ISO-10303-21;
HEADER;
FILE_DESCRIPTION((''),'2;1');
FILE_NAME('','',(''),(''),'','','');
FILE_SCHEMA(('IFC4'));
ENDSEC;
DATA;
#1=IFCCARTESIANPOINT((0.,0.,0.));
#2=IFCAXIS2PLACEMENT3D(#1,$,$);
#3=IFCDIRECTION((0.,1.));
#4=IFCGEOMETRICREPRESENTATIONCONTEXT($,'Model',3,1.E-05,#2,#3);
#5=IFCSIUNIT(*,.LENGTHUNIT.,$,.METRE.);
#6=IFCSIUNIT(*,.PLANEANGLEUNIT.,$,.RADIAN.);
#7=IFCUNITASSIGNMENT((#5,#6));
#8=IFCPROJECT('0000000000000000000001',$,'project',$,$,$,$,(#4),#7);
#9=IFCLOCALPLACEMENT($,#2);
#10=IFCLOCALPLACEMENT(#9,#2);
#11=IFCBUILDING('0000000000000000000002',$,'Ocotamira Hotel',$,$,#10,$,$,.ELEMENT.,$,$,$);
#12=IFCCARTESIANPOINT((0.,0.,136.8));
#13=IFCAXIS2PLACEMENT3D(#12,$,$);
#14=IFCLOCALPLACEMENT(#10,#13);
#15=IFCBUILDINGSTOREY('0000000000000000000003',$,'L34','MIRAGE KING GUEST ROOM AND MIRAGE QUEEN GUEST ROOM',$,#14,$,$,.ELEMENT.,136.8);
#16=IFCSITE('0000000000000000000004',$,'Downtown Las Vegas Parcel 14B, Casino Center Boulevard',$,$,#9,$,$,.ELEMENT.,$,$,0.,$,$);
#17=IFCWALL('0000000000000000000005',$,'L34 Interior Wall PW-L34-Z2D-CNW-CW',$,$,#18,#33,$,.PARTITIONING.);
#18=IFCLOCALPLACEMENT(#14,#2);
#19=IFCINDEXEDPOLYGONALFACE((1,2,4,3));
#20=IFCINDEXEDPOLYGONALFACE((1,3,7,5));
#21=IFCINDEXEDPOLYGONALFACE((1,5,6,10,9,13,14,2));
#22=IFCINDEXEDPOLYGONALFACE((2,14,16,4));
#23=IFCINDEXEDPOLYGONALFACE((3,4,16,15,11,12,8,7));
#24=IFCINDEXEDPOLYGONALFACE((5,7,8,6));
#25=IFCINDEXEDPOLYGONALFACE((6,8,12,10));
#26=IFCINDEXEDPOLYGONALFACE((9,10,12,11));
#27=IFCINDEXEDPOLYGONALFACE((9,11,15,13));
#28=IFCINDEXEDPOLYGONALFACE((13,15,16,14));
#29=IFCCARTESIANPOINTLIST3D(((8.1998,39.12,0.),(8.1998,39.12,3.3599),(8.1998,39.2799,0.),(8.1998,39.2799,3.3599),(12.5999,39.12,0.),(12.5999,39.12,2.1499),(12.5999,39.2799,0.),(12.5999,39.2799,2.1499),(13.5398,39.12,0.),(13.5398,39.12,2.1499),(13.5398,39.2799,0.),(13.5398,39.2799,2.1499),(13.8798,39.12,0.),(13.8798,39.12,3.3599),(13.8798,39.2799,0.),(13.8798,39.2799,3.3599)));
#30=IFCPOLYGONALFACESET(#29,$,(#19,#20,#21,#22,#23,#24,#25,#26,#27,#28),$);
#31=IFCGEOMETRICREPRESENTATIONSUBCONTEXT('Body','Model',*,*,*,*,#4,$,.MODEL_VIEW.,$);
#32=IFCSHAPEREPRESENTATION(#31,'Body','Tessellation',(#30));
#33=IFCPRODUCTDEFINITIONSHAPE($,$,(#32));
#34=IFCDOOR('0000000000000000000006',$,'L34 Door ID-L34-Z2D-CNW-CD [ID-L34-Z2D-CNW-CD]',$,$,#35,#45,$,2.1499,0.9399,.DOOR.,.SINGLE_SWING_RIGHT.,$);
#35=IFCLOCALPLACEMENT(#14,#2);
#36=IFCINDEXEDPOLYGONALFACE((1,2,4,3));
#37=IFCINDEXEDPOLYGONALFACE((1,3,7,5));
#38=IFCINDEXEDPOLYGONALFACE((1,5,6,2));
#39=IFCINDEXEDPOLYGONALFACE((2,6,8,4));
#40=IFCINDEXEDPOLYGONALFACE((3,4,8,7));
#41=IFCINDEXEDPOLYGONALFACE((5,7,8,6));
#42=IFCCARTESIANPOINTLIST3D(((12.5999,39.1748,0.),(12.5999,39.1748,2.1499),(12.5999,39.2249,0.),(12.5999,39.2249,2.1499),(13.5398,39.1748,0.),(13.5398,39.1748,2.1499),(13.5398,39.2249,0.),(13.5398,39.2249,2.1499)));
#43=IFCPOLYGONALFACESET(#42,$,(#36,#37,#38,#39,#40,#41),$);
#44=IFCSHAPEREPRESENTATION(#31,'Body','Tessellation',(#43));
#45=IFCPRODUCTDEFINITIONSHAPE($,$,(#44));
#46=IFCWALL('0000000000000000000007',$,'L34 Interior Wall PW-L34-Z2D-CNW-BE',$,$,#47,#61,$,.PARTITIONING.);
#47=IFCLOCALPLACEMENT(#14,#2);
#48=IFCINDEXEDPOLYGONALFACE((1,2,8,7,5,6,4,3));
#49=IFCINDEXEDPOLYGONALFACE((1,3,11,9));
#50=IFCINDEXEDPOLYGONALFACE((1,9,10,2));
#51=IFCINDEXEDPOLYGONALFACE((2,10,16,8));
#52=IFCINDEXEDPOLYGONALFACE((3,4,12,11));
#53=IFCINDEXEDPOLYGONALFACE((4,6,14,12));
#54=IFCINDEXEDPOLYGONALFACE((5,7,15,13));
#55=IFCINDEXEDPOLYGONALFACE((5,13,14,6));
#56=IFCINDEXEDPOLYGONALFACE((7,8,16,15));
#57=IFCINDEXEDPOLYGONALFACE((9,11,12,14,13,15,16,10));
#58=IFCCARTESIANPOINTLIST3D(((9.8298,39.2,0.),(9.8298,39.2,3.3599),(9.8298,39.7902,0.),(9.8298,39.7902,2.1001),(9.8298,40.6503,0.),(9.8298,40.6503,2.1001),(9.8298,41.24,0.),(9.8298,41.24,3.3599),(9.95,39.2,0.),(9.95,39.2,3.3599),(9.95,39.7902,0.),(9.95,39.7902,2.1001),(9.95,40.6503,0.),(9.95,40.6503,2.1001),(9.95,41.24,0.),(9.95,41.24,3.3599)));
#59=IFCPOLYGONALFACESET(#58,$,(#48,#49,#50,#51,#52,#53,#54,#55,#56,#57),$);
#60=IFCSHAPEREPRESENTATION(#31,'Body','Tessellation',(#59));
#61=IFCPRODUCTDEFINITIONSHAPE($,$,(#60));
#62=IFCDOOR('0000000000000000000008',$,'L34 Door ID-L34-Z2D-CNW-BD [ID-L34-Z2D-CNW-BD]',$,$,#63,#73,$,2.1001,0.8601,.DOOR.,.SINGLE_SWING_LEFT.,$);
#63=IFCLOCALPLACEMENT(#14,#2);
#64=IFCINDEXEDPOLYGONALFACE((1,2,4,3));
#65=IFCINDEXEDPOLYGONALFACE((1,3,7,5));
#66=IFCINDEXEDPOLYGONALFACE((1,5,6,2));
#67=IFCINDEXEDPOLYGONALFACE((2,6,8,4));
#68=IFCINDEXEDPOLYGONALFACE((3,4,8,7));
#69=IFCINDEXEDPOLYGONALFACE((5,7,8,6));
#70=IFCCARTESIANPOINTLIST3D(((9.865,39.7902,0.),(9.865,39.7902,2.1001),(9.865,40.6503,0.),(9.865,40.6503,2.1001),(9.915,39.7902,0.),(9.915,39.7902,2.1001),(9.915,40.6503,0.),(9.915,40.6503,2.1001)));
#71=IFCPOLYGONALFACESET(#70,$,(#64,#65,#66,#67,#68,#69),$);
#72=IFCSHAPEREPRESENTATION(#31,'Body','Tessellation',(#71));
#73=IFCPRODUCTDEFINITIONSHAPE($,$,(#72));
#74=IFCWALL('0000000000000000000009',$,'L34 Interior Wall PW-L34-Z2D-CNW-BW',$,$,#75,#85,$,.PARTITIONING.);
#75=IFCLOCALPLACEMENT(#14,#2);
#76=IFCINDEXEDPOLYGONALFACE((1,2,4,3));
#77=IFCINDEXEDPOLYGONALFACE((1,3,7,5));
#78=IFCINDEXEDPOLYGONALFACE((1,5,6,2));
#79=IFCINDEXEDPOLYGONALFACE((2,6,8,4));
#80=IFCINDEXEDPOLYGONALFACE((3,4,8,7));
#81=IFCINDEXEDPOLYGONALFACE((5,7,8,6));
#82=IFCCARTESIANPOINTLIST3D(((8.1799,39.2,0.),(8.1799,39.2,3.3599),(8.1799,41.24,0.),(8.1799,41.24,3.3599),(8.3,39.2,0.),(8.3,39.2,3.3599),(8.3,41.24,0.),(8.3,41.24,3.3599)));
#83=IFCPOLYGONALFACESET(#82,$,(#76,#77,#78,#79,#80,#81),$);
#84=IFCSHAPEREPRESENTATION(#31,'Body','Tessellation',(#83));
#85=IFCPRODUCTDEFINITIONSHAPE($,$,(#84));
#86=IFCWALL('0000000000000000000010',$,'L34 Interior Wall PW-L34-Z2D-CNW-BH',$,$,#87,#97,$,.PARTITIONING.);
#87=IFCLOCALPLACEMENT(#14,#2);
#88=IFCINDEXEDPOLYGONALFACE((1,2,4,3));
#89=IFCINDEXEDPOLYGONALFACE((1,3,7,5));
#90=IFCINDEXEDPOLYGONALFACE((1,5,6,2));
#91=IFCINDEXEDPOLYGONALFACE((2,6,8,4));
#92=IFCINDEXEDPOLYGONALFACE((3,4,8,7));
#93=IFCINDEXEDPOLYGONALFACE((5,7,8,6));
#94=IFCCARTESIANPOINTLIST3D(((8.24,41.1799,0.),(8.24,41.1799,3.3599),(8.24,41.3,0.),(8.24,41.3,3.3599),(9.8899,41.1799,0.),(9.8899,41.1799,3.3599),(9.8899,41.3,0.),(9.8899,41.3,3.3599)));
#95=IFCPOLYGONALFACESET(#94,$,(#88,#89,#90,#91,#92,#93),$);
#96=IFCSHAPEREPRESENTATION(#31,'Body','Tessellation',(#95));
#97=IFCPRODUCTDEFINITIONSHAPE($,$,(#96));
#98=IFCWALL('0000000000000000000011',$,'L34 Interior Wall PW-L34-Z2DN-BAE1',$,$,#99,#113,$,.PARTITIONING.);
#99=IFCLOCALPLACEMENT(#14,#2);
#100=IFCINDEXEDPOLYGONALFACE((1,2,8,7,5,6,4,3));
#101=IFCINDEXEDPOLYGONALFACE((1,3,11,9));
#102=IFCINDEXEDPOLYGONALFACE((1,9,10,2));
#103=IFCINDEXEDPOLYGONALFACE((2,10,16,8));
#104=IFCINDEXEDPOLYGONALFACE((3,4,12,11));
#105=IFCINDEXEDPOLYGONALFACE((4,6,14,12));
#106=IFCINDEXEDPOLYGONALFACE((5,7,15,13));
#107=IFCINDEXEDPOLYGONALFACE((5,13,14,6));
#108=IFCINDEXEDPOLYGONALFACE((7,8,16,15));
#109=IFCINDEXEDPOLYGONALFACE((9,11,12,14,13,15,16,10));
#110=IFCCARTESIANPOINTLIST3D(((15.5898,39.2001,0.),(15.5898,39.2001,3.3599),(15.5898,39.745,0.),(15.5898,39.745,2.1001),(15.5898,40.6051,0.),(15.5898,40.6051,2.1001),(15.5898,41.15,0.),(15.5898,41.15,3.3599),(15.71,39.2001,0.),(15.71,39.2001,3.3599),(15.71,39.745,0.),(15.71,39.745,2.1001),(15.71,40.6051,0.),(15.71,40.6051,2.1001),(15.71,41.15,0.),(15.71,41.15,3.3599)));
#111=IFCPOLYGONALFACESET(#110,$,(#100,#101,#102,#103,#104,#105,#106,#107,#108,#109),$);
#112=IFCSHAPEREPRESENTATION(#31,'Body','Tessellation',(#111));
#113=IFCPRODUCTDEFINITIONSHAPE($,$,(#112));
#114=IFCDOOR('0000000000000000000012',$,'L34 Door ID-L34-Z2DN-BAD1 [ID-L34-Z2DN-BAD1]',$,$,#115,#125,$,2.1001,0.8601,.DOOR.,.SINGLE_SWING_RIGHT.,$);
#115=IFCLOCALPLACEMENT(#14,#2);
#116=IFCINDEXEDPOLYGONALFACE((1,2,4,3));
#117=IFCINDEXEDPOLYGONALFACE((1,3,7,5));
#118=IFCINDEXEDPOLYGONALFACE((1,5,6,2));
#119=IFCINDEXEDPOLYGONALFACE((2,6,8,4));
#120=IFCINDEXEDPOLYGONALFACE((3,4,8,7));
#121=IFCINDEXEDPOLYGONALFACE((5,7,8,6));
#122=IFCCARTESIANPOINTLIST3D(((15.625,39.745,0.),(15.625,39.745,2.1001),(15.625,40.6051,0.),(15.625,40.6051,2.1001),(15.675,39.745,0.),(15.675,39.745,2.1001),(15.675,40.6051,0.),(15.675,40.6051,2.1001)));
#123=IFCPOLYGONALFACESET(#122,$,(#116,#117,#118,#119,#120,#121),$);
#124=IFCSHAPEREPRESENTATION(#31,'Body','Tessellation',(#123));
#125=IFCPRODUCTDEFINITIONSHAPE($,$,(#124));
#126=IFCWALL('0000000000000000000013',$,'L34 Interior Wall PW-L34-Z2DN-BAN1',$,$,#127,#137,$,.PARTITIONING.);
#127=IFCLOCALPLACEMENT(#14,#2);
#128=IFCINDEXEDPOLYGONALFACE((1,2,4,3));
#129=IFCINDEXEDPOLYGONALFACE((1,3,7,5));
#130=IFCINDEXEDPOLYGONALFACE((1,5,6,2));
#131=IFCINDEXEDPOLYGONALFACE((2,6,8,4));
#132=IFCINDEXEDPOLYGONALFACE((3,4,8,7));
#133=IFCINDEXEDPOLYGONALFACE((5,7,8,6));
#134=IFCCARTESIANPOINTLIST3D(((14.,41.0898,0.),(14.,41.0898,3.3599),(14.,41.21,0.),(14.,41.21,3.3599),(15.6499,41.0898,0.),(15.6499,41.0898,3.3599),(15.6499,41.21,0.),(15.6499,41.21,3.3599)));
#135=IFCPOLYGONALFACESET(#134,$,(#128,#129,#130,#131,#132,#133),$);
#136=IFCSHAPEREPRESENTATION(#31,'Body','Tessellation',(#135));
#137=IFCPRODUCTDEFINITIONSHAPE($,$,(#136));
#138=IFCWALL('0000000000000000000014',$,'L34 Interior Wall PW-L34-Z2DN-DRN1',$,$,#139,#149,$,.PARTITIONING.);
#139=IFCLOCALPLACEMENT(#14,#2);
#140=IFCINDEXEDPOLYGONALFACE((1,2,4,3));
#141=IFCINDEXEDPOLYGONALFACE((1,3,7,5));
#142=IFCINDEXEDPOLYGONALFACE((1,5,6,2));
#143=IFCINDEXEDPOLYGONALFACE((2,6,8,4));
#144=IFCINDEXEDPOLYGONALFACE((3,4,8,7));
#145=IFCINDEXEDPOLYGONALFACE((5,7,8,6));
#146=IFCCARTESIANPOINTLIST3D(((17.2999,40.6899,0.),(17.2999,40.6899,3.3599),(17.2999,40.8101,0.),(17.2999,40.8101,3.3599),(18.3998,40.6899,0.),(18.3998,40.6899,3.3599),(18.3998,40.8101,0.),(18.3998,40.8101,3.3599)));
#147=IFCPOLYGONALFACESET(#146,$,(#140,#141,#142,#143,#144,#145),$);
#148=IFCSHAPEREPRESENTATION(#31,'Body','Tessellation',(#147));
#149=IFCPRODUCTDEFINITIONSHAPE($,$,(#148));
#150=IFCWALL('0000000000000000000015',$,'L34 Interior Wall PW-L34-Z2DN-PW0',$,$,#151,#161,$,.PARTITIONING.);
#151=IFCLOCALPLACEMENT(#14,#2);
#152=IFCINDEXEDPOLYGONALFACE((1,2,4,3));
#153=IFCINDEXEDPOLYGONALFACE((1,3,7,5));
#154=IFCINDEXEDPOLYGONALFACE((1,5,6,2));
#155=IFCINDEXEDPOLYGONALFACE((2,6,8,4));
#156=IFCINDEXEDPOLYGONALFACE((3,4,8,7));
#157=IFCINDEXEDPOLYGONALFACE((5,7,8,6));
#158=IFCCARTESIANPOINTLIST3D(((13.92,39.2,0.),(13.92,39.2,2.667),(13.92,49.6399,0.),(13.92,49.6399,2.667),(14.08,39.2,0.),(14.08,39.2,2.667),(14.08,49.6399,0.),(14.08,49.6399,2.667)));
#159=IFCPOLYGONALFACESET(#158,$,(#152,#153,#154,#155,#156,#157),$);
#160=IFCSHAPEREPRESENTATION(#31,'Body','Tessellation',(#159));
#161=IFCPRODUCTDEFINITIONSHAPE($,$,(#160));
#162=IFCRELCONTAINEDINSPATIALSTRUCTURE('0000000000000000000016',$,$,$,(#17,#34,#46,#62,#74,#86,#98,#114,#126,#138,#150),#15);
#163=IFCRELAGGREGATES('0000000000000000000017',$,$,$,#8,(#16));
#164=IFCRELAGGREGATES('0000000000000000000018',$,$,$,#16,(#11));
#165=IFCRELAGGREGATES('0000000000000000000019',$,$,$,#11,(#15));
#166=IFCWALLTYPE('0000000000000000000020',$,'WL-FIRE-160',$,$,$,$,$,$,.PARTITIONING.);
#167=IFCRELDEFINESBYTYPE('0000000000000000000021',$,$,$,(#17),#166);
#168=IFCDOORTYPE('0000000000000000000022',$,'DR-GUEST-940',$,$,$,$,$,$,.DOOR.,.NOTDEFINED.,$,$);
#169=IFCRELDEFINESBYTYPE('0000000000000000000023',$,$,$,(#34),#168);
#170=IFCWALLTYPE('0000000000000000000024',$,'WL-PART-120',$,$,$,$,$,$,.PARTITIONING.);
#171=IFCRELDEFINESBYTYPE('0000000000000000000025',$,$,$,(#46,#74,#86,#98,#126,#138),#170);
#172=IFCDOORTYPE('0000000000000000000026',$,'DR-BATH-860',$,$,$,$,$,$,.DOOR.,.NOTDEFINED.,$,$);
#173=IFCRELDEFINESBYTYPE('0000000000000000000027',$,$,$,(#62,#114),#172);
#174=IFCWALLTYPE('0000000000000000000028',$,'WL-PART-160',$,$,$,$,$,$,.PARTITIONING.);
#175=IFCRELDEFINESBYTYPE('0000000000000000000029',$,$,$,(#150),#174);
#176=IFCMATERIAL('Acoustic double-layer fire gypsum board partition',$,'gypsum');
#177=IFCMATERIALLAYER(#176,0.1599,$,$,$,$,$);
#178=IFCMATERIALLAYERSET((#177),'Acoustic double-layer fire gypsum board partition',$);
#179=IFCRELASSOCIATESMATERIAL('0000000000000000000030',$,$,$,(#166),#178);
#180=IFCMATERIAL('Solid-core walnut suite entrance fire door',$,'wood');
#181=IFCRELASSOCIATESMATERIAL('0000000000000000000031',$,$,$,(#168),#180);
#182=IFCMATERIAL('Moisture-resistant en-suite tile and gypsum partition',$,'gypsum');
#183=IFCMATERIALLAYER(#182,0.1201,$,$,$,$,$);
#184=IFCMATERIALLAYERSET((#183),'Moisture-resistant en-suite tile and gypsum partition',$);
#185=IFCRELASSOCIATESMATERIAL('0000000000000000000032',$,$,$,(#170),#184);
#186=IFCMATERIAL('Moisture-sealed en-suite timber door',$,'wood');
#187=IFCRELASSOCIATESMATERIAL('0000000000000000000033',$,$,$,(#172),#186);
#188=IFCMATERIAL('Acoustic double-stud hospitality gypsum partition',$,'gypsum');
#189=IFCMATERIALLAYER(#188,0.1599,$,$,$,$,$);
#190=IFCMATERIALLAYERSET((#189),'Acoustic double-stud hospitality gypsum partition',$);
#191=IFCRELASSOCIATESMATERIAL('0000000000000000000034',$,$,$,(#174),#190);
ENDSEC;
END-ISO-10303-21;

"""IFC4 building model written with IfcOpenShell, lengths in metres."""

from ifc_helpers import new_model, si_unit, direction, frame, frame_2d, origin, place, context, subcontext, project, spatial, rectangle, extrude, source, transform, mapped, material, layer, layer_set, type_object, element, fill, save


model = new_model("IFC4")

# Units and contexts
model_context = context("Model", 3, precision=1e-05, world=origin(), true_north=direction((0.0, 1.0)))
body_context = subcontext(model_context, "Body", "Model", "MODEL_VIEW")
ifc_project = project(units=[si_unit("LENGTHUNIT", "METRE"), si_unit("PLANEANGLEUNIT", "RADIAN")], contexts=[model_context])

# Site, building, storey
site_placement = place(None, origin())
site = spatial("IfcSite", under=ifc_project, at=site_placement, Name="Downtown Las Vegas Parcel 14B, Casino Center Boulevard", CompositionType="ELEMENT", RefElevation=0.0)
building_placement = place(site_placement, origin())
building = spatial("IfcBuilding", under=site, at=building_placement, Name="Ocotamira Hotel", CompositionType="ELEMENT")
storey_placement = place(building_placement, frame((0.0, 0.0, 136.8)))
storey = spatial("IfcBuildingStorey", under=building, at=storey_placement, Name="L34", Description="MIRAGE KING GUEST ROOM AND MIRAGE QUEEN GUEST ROOM", CompositionType="ELEMENT", Elevation=136.8)

# Wall, opening, door
ifc_material_1 = material(Name="Acoustic double-layer fire gypsum board partition", Category="gypsum")
ifc_layer_1 = layer(ifc_material_1, 0.1599)
ifc_layer_set_1 = layer_set([ifc_layer_1], Name="Acoustic double-layer fire gypsum board partition")
wall_type_1 = type_object("IfcWallType", Name="WL-FIRE-160", PredefinedType="PARTITIONING", material=ifc_layer_set_1)
wall_1_placement = place(storey_placement, frame((8.2, 39.2, 0.0), z_axis=(0.0, 0.0, 1.0), x_axis=(1.0, 0.0, 0.0)))
wall_1 = element("IfcWall", 1, at=wall_1_placement, inside=storey, type_object=wall_type_1, Name="L34 Interior Wall PW-L34-Z2D-CNW-CW", PredefinedType="PARTITIONING", context=body_context, shape_type="SweptSolid", body=[
    extrude(rectangle(XDim=5.6799, YDim=0.1599, at=frame_2d((2.8398, 0.0))), origin(), (0.0, 0.0, 1.0), 3.3599),
])
opening_1_placement = place(wall_1_placement, frame((4.3999, 0.0, 0.0)))
opening_1 = element("IfcOpeningElement", 2, at=opening_1_placement, cuts=wall_1, PredefinedType="OPENING", context=body_context, shape_type="SweptSolid", body=[
    extrude(rectangle(XDim=0.9399, YDim=2.1499, at=frame_2d((0.47, 1.075))), frame((0.0, 0.0898, 0.0), z_axis=(0.0, -1.0, 0.0), x_axis=(1.0, 0.0, 0.0)), (0.0, 0.0, 1.0), 0.1799),
])
ifc_material_2 = material(Name="Solid-core walnut suite entrance fire door", Category="wood")
door_type_1 = type_object("IfcDoorType", Name="DR-GUEST-940", OperationType="NOTDEFINED", PredefinedType="DOOR", material=ifc_material_2)
shared_shape_1 = source(origin(), body_context, "Body", "SweptSolid", [
    extrude(rectangle(XDim=0.9399, YDim=2.1499, at=frame_2d((0.47, 1.075))), frame((0.0, 0.0249, 0.0), z_axis=(0.0, -1.0, 0.0), x_axis=(1.0, 0.0, 0.0)), (0.0, 0.0, 1.0), 0.05),
])
door_1_placement = place(opening_1_placement, origin())
door_1 = element("IfcDoor", 3, at=door_1_placement, inside=storey, type_object=door_type_1, Name="L34 Door ID-L34-Z2D-CNW-CD [ID-L34-Z2D-CNW-CD]", OperationType="SINGLE_SWING_RIGHT", OverallHeight=2.1499, OverallWidth=0.9399, PredefinedType="DOOR", context=body_context, shape_type="MappedRepresentation", body=[
    mapped(shared_shape_1, transform((0.0, 0.0, 0.0), scale=1.0)),
])
fill(opening_1, door_1)

# Wall, opening, door
ifc_material_3 = material(Name="Moisture-resistant en-suite tile and gypsum partition", Category="gypsum")
ifc_layer_2 = layer(ifc_material_3, 0.1201)
ifc_layer_set_2 = layer_set([ifc_layer_2], Name="Moisture-resistant en-suite tile and gypsum partition")
wall_type_2 = type_object("IfcWallType", Name="WL-PART-120", PredefinedType="PARTITIONING", material=ifc_layer_set_2)
wall_2_placement = place(storey_placement, frame((9.8899, 39.2, 0.0), z_axis=(0.0, 0.0, 1.0), x_axis=(0.0, 1.0, 0.0)))
wall_2 = element("IfcWall", 4, at=wall_2_placement, inside=storey, type_object=wall_type_2, Name="L34 Interior Wall PW-L34-Z2D-CNW-BE", PredefinedType="PARTITIONING", context=body_context, shape_type="SweptSolid", body=[
    extrude(rectangle(XDim=2.04, YDim=0.1201, at=frame_2d((1.02, 0.0))), origin(), (0.0, 0.0, 1.0), 3.3599),
])
opening_2_placement = place(wall_2_placement, frame((0.5901, 0.0, 0.0)))
opening_2 = element("IfcOpeningElement", 5, at=opening_2_placement, cuts=wall_2, PredefinedType="OPENING", context=body_context, shape_type="SweptSolid", body=[
    extrude(rectangle(XDim=0.8601, YDim=2.1001, at=frame_2d((0.4302, 1.05))), frame((0.0, 0.0701, 0.0), z_axis=(0.0, -1.0, 0.0), x_axis=(1.0, 0.0, 0.0)), (0.0, 0.0, 1.0), 0.1401),
])
ifc_material_4 = material(Name="Moisture-sealed en-suite timber door", Category="wood")
door_type_2 = type_object("IfcDoorType", Name="DR-BATH-860", OperationType="NOTDEFINED", PredefinedType="DOOR", material=ifc_material_4)
shared_shape_2 = source(origin(), body_context, "Body", "SweptSolid", [
    extrude(rectangle(XDim=0.8601, YDim=2.1001, at=frame_2d((0.4302, 1.05))), frame((0.0, 0.0249, 0.0), z_axis=(0.0, -1.0, 0.0), x_axis=(1.0, 0.0, 0.0)), (0.0, 0.0, 1.0), 0.05),
])
door_2_placement = place(opening_2_placement, origin())
door_2 = element("IfcDoor", 6, at=door_2_placement, inside=storey, type_object=door_type_2, Name="L34 Door ID-L34-Z2D-CNW-BD [ID-L34-Z2D-CNW-BD]", OperationType="SINGLE_SWING_LEFT", OverallHeight=2.1001, OverallWidth=0.8601, PredefinedType="DOOR", context=body_context, shape_type="MappedRepresentation", body=[
    mapped(shared_shape_2, transform((0.0, 0.0, 0.0), scale=1.0)),
])
fill(opening_2, door_2)

# Walls
wall_3_placement = place(storey_placement, frame((8.24, 39.2, 0.0), z_axis=(0.0, 0.0, 1.0), x_axis=(0.0, 1.0, 0.0)))
element("IfcWall", 7, at=wall_3_placement, inside=storey, type_object=wall_type_2, Name="L34 Interior Wall PW-L34-Z2D-CNW-BW", PredefinedType="PARTITIONING", context=body_context, shape_type="SweptSolid", body=[
    extrude(rectangle(XDim=2.04, YDim=0.1201, at=frame_2d((1.02, 0.0))), origin(), (0.0, 0.0, 1.0), 3.3599),
])
wall_4_placement = place(storey_placement, frame((8.24, 41.24, 0.0), z_axis=(0.0, 0.0, 1.0), x_axis=(1.0, 0.0, 0.0)))
element("IfcWall", 8, at=wall_4_placement, inside=storey, type_object=wall_type_2, Name="L34 Interior Wall PW-L34-Z2D-CNW-BH", PredefinedType="PARTITIONING", context=body_context, shape_type="SweptSolid", body=[
    extrude(rectangle(XDim=1.6499, YDim=0.1201, at=frame_2d((0.825, 0.0))), origin(), (0.0, 0.0, 1.0), 3.3599),
])

# Wall, opening, door
wall_5_placement = place(storey_placement, frame((15.6499, 39.2, 0.0), z_axis=(0.0, 0.0, 1.0), x_axis=(0.0, 1.0, 0.0)))
wall_5 = element("IfcWall", 9, at=wall_5_placement, inside=storey, type_object=wall_type_2, Name="L34 Interior Wall PW-L34-Z2DN-BAE1", PredefinedType="PARTITIONING", context=body_context, shape_type="SweptSolid", body=[
    extrude(rectangle(XDim=1.95, YDim=0.1201, at=frame_2d((0.9751, 0.0))), origin(), (0.0, 0.0, 1.0), 3.3599),
])
opening_3_placement = place(wall_5_placement, frame((0.5449, 0.0, 0.0)))
opening_3 = element("IfcOpeningElement", 10, at=opening_3_placement, cuts=wall_5, PredefinedType="OPENING", context=body_context, shape_type="SweptSolid", body=[
    extrude(rectangle(XDim=0.8601, YDim=2.1001, at=frame_2d((0.4302, 1.05))), frame((0.0, 0.0701, 0.0), z_axis=(0.0, -1.0, 0.0), x_axis=(1.0, 0.0, 0.0)), (0.0, 0.0, 1.0), 0.1401),
])
door_3_placement = place(opening_3_placement, origin())
door_3 = element("IfcDoor", 11, at=door_3_placement, inside=storey, type_object=door_type_2, Name="L34 Door ID-L34-Z2DN-BAD1 [ID-L34-Z2DN-BAD1]", OperationType="SINGLE_SWING_RIGHT", OverallHeight=2.1001, OverallWidth=0.8601, PredefinedType="DOOR", context=body_context, shape_type="MappedRepresentation", body=[
    mapped(shared_shape_2, transform((0.0, 0.0, 0.0), scale=1.0)),
])
fill(opening_3, door_3)

# Walls
wall_6_placement = place(storey_placement, frame((14.0, 41.1499, 0.0), z_axis=(0.0, 0.0, 1.0), x_axis=(1.0, 0.0, 0.0)))
element("IfcWall", 12, at=wall_6_placement, inside=storey, type_object=wall_type_2, Name="L34 Interior Wall PW-L34-Z2DN-BAN1", PredefinedType="PARTITIONING", context=body_context, shape_type="SweptSolid", body=[
    extrude(rectangle(XDim=1.6499, YDim=0.1201, at=frame_2d((0.825, 0.0))), origin(), (0.0, 0.0, 1.0), 3.3599),
])
wall_7_placement = place(storey_placement, frame((17.3, 40.75, 0.0), z_axis=(0.0, 0.0, 1.0), x_axis=(1.0, 0.0, 0.0)))
element("IfcWall", 13, at=wall_7_placement, inside=storey, type_object=wall_type_2, Name="L34 Interior Wall PW-L34-Z2DN-DRN1", PredefinedType="PARTITIONING", context=body_context, shape_type="SweptSolid", body=[
    extrude(rectangle(XDim=1.0999, YDim=0.1201, at=frame_2d((0.5498, 0.0))), origin(), (0.0, 0.0, 1.0), 3.3599),
])
ifc_material_5 = material(Name="Acoustic double-stud hospitality gypsum partition", Category="gypsum")
ifc_layer_3 = layer(ifc_material_5, 0.1599)
ifc_layer_set_3 = layer_set([ifc_layer_3], Name="Acoustic double-stud hospitality gypsum partition")
wall_type_3 = type_object("IfcWallType", Name="WL-PART-160", PredefinedType="PARTITIONING", material=ifc_layer_set_3)
wall_8_placement = place(storey_placement, frame((14.0, 39.2, 0.0), z_axis=(0.0, 0.0, 1.0), x_axis=(0.0, 1.0, 0.0)))
element("IfcWall", 14, at=wall_8_placement, inside=storey, type_object=wall_type_3, Name="L34 Interior Wall PW-L34-Z2DN-PW0", PredefinedType="PARTITIONING", context=body_context, shape_type="SweptSolid", body=[
    extrude(rectangle(XDim=10.4399, YDim=0.1599, at=frame_2d((5.22, 0.0))), origin(), (0.0, 0.0, 1.0), 2.667),
])

save(model, "model.ifc")
